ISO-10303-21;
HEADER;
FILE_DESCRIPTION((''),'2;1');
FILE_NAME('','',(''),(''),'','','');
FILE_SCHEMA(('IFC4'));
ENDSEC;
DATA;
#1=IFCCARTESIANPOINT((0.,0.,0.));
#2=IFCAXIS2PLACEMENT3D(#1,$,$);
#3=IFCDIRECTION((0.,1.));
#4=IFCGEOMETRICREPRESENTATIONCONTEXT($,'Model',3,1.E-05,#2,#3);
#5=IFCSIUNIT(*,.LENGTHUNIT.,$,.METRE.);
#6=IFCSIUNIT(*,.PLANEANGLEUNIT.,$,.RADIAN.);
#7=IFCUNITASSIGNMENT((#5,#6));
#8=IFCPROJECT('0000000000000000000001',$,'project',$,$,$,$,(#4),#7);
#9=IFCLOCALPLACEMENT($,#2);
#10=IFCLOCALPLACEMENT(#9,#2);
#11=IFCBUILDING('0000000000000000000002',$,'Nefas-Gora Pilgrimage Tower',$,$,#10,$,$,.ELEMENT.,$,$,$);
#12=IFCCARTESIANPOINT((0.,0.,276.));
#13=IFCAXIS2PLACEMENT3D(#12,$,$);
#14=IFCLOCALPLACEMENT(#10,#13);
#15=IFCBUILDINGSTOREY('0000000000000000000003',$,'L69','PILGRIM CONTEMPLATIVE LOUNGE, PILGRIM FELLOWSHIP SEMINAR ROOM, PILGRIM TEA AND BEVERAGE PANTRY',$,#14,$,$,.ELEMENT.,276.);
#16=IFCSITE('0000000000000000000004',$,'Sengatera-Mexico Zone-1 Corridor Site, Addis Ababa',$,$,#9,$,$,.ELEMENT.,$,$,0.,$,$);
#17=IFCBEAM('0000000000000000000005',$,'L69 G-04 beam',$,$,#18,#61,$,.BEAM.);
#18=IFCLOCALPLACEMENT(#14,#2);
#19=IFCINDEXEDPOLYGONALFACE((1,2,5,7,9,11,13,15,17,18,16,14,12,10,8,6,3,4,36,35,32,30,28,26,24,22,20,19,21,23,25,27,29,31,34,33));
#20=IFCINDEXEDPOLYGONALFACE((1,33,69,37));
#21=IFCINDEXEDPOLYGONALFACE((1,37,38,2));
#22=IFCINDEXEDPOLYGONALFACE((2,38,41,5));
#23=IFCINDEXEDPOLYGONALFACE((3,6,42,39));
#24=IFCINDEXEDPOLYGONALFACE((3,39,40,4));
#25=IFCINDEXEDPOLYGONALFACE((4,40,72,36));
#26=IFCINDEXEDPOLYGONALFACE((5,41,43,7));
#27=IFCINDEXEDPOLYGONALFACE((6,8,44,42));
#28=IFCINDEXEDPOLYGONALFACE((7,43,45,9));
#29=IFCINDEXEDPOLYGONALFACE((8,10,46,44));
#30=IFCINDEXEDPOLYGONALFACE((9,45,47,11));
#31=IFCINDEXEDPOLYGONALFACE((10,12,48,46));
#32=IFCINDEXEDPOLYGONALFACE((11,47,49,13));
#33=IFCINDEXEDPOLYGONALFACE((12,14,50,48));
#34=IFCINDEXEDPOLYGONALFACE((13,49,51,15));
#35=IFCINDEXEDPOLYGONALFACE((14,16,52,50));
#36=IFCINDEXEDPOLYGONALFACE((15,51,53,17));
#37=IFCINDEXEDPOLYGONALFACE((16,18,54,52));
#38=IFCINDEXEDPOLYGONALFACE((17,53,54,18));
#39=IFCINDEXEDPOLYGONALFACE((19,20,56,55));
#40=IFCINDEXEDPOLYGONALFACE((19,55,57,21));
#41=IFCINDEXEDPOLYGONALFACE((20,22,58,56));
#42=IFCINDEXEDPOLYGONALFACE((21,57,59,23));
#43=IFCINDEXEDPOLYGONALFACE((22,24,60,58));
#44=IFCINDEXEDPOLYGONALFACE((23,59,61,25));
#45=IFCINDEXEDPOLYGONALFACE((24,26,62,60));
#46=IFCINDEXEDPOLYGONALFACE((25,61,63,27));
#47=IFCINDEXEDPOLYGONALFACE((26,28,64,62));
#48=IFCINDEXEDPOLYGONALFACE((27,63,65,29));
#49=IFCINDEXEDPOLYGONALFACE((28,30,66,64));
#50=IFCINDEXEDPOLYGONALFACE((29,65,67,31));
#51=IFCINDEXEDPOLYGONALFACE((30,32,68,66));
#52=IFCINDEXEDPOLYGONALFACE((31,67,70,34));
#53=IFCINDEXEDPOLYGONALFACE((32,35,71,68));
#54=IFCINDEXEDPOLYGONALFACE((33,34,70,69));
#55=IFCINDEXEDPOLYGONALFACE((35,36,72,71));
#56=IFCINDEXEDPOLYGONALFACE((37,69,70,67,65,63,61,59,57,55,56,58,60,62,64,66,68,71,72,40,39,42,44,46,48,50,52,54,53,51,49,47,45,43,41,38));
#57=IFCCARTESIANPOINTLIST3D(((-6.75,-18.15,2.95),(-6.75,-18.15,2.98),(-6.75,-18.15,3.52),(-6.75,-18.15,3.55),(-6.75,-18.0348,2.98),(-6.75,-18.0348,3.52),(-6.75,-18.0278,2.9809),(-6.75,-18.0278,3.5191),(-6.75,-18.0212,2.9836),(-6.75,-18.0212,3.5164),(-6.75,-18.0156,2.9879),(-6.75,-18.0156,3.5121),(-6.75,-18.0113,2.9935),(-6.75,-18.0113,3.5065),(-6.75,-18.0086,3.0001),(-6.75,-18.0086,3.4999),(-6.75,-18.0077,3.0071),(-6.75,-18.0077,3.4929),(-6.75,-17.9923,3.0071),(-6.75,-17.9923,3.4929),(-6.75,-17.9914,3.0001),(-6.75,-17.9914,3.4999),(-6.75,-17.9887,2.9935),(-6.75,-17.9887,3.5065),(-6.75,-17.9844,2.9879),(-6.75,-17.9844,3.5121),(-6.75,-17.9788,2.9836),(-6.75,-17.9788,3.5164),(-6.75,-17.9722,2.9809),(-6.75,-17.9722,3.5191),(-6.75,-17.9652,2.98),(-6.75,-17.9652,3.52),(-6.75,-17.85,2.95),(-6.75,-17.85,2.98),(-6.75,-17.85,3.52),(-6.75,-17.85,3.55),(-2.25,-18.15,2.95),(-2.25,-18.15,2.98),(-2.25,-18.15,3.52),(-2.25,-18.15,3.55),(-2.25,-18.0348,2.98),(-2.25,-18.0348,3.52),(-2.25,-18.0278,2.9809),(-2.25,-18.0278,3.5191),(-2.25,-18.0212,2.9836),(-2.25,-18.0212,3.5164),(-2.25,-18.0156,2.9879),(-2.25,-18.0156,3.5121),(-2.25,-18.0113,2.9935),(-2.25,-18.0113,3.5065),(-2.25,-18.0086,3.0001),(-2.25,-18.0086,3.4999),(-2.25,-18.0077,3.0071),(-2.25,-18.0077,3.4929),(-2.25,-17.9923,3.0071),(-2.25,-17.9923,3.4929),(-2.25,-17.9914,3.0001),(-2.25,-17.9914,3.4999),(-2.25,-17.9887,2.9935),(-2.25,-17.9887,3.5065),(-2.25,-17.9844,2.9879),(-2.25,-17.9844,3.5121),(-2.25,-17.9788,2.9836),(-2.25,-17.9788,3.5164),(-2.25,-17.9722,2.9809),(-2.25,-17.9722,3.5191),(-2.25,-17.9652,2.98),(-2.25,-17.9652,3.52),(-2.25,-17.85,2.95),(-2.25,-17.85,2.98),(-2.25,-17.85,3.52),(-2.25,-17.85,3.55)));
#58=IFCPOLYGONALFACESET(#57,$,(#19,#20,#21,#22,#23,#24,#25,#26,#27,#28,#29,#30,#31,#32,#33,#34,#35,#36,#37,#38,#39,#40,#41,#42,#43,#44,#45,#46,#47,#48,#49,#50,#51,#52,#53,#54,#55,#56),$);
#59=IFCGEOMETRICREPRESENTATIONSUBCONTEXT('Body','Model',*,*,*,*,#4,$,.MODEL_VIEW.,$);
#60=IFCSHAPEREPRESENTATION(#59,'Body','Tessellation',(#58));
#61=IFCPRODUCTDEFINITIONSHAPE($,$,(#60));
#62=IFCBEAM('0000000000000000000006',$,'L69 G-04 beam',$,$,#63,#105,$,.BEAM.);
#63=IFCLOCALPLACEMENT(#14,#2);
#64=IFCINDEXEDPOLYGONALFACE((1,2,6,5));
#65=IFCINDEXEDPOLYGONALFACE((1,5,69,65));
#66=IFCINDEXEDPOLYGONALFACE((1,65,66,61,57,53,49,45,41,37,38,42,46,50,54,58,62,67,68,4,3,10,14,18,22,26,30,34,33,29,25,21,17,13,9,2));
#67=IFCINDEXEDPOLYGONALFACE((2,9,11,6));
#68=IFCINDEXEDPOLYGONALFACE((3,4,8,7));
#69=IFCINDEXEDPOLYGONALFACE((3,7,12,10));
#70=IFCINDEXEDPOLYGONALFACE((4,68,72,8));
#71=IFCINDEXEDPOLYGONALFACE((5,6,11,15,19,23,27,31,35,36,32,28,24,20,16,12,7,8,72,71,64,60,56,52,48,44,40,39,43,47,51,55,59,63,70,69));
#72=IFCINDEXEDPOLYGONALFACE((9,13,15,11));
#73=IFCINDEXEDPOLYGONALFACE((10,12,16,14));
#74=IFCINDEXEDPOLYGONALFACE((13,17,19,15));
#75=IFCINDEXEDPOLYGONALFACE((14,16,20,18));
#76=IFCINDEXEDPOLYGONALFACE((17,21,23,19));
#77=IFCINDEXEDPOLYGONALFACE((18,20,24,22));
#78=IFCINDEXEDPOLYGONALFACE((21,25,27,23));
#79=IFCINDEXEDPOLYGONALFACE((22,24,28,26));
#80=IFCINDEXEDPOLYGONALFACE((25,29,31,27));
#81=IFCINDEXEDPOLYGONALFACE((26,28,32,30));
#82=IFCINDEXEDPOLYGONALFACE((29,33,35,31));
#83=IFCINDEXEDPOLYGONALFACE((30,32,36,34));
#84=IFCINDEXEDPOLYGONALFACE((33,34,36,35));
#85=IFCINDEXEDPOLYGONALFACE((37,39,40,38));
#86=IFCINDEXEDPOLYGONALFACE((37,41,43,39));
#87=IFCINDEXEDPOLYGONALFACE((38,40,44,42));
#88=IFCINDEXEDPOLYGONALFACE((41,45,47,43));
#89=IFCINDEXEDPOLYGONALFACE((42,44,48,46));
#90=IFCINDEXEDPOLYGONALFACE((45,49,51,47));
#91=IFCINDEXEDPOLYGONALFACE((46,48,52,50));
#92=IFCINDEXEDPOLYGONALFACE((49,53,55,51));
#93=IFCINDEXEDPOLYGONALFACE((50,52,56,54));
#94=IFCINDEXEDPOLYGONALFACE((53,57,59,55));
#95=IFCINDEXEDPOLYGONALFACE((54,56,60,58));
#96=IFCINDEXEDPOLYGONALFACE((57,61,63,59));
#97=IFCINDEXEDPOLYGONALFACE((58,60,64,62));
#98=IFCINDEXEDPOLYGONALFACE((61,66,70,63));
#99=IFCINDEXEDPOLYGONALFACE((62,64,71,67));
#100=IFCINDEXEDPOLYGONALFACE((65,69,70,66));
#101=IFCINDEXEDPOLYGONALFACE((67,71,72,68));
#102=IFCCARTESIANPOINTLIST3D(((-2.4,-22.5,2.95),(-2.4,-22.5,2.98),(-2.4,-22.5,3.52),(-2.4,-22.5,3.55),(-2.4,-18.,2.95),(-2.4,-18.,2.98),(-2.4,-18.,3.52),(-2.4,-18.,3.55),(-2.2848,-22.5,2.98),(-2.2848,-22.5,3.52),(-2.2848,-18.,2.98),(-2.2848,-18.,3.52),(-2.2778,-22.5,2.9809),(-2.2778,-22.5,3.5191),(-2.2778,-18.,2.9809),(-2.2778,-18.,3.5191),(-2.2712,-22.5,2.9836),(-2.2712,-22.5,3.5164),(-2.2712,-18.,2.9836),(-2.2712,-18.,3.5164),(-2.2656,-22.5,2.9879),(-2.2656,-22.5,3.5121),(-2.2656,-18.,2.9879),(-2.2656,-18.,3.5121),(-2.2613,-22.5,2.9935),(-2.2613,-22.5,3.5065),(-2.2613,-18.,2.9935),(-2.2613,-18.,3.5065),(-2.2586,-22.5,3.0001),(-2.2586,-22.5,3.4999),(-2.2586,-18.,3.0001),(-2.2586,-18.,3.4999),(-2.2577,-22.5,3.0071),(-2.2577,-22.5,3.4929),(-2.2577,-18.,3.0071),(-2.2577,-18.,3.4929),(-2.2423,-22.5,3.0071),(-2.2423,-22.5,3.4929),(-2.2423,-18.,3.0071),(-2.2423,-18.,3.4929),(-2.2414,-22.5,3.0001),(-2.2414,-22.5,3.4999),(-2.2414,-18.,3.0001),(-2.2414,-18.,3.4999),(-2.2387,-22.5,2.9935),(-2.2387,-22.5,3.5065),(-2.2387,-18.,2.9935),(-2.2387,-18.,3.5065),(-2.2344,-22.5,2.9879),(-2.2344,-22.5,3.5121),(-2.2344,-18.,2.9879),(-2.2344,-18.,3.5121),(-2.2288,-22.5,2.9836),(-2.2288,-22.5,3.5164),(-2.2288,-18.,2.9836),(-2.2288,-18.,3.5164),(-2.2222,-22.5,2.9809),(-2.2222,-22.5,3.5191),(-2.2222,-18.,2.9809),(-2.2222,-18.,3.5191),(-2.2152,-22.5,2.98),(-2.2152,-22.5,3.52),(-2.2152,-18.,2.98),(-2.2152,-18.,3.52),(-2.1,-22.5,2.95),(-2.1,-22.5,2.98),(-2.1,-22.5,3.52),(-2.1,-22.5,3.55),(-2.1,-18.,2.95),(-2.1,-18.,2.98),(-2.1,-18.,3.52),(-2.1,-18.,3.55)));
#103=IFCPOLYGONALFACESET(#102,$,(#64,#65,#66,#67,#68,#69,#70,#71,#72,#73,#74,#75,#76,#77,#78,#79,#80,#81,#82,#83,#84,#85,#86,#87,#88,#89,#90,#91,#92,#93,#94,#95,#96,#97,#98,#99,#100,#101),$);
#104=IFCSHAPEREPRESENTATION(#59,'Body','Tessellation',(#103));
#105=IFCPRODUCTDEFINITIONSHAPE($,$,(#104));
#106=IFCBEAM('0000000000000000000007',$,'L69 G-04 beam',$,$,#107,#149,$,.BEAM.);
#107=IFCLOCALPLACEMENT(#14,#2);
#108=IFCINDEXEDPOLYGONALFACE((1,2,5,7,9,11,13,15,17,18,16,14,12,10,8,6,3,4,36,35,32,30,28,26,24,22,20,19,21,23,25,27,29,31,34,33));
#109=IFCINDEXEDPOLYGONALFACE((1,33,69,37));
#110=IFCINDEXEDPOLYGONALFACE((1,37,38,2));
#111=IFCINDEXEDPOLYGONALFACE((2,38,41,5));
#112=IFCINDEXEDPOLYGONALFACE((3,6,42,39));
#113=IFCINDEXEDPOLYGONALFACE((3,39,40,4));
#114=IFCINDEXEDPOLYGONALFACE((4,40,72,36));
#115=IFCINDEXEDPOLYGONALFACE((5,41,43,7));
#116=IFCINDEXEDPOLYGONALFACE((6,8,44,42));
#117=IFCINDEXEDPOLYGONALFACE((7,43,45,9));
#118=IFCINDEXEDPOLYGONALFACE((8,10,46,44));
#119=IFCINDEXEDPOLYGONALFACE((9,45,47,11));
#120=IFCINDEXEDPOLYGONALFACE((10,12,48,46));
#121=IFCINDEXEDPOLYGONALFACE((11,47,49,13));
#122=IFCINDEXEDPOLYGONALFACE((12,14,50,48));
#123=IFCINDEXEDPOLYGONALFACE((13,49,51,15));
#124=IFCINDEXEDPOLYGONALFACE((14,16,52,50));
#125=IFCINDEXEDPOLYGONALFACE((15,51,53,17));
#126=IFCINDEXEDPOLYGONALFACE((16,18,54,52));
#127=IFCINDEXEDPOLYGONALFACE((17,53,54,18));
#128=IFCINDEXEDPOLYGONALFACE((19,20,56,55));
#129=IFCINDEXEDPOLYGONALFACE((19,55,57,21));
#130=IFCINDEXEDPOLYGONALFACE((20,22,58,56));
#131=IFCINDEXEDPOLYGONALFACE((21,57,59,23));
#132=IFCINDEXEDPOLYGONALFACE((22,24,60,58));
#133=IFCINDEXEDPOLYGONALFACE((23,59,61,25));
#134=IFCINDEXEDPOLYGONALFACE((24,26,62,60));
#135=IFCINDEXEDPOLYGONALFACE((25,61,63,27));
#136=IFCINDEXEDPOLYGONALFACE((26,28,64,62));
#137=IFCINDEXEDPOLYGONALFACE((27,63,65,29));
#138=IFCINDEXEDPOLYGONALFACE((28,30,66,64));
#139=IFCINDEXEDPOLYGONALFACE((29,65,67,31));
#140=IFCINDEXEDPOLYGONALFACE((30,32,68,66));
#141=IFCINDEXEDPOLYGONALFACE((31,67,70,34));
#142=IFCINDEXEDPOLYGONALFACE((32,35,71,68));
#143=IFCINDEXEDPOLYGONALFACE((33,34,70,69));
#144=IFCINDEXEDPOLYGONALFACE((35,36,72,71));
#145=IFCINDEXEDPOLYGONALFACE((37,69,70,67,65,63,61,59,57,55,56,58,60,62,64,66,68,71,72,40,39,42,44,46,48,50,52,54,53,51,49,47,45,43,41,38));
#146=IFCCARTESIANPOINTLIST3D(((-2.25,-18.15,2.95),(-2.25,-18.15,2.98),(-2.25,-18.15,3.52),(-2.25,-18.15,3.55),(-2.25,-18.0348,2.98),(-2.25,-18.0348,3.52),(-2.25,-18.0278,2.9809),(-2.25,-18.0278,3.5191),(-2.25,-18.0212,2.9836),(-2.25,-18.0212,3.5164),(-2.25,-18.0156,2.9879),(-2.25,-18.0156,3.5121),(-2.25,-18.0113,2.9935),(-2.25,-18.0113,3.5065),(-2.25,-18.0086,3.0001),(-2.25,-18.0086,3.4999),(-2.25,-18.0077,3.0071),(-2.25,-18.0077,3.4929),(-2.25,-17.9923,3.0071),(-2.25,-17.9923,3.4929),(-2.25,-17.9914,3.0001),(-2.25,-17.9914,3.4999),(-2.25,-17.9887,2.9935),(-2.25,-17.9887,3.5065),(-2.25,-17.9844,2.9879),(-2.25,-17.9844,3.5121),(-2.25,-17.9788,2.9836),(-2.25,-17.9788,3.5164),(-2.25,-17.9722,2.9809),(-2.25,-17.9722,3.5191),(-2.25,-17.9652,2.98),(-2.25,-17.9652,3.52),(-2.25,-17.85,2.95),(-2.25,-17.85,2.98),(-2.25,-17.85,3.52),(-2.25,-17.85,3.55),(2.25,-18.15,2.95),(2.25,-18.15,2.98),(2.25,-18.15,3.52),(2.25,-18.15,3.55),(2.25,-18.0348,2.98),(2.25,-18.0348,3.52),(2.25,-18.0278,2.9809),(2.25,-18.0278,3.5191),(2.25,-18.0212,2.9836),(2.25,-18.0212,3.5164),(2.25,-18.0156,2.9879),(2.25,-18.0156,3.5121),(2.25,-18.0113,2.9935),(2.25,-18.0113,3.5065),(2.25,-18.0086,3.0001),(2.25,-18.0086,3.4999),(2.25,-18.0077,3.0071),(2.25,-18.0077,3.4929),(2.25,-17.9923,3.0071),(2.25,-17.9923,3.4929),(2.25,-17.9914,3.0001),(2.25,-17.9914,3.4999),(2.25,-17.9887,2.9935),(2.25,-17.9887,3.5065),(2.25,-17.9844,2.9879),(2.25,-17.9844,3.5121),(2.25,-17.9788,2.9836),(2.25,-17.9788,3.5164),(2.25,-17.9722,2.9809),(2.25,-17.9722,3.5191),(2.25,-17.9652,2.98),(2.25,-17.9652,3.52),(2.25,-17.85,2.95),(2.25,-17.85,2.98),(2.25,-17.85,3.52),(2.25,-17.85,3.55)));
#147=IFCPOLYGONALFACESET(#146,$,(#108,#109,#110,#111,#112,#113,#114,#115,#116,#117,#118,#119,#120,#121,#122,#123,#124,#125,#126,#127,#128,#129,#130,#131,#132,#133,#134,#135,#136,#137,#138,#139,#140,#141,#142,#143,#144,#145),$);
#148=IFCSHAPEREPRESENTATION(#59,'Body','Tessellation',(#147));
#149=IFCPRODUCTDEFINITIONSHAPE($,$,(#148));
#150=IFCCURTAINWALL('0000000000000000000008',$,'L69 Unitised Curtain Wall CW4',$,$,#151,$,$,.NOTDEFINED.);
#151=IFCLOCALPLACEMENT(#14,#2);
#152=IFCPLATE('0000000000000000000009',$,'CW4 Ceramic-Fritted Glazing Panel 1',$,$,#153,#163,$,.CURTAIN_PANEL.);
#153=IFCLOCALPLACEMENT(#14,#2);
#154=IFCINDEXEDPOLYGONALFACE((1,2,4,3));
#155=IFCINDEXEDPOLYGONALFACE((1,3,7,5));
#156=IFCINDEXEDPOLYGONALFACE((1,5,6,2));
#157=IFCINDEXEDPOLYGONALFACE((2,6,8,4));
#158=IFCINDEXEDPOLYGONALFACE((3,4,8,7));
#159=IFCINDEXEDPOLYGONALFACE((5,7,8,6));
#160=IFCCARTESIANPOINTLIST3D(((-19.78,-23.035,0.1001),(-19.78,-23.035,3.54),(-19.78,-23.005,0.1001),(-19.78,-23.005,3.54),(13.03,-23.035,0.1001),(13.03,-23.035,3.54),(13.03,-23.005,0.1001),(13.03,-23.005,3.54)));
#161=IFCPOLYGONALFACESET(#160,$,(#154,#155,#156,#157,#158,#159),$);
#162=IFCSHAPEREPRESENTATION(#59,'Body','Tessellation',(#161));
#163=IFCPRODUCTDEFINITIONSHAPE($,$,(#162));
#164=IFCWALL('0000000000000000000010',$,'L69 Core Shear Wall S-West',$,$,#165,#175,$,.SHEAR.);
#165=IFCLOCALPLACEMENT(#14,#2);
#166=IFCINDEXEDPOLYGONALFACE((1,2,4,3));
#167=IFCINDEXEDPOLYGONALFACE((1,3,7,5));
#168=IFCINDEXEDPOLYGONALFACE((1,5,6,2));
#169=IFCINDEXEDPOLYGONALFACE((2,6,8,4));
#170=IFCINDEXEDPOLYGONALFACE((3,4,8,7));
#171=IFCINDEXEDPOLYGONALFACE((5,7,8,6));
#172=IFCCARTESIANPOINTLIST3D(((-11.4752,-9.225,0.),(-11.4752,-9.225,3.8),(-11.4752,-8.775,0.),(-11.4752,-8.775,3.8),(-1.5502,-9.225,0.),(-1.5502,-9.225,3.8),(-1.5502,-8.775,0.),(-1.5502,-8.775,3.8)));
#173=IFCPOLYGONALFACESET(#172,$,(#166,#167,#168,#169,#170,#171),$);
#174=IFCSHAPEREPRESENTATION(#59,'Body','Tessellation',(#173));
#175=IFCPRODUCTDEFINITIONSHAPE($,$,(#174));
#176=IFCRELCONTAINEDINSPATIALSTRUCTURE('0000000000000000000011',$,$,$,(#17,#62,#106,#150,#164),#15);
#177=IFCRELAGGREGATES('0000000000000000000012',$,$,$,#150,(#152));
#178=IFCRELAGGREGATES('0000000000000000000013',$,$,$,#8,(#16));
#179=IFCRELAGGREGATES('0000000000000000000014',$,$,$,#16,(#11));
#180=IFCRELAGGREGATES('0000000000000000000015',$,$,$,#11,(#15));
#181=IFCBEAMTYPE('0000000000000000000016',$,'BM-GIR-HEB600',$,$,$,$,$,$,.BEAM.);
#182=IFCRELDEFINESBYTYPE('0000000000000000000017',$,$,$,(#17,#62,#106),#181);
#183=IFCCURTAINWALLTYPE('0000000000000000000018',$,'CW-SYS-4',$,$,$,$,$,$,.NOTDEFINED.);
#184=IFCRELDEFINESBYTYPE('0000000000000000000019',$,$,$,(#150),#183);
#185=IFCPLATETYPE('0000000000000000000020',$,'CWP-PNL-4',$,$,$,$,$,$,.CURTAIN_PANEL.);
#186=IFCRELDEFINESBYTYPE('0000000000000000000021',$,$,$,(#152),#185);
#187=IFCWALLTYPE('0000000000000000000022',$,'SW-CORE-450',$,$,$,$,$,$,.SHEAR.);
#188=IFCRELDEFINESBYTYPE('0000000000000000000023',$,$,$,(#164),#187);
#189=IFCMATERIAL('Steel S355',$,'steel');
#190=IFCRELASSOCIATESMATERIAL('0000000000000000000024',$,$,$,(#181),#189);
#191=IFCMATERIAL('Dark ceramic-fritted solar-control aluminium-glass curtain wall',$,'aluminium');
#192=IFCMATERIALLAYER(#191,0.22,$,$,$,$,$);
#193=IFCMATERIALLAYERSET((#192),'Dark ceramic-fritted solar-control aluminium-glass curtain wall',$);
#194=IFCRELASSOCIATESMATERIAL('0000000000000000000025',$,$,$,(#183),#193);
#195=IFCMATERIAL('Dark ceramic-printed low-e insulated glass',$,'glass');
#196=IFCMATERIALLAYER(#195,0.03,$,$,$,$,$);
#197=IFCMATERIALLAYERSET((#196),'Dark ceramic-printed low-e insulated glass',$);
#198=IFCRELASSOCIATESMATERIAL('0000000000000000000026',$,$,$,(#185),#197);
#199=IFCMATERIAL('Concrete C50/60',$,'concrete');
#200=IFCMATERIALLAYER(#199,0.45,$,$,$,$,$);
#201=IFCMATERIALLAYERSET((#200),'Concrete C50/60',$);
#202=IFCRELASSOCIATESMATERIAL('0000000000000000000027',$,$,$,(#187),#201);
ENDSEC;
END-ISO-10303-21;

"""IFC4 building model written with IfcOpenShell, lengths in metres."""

from ifc_helpers import new_model, si_unit, direction, frame, frame_2d, origin, origin_2d, place, context, subcontext, project, spatial, rectangle, i_section, extrude, source, transform, mapped, material, layer, layer_set, material_profile, profile_set, type_object, element, aggregate, save


model = new_model("IFC4")

# Units and contexts
model_context = context("Model", 3, precision=1e-05, world=origin(), true_north=direction((0.0, 1.0)))
body_context = subcontext(model_context, "Body", "Model", "MODEL_VIEW")
ifc_project = project(units=[si_unit("LENGTHUNIT", "METRE"), si_unit("PLANEANGLEUNIT", "RADIAN")], contexts=[model_context])

# Site, building, storey
site_placement = place(None, origin())
site = spatial("IfcSite", under=ifc_project, at=site_placement, Name="Sengatera-Mexico Zone-1 Corridor Site, Addis Ababa", CompositionType="ELEMENT", RefElevation=0.0)
building_placement = place(site_placement, origin())
building = spatial("IfcBuilding", under=site, at=building_placement, Name="Nefas-Gora Pilgrimage Tower", CompositionType="ELEMENT")
storey_placement = place(building_placement, frame((0.0, 0.0, 276.0)))
storey = spatial("IfcBuildingStorey", under=building, at=storey_placement, Name="L69", Description="PILGRIM CONTEMPLATIVE LOUNGE, PILGRIM FELLOWSHIP SEMINAR ROOM, PILGRIM TEA AND BEVERAGE PANTRY", CompositionType="ELEMENT", Elevation=276.0)

# Shared definitions
ifc_material_1 = material(Name="Steel S355", Category="steel")

# Beams
ifc_material_2 = material(Name="Concrete C50/60", Category="concrete")
ifc_material_profile_1 = material_profile(ifc_material_1, i_section(OverallWidth=0.3, OverallDepth=0.6001, WebThickness=0.0154, FlangeThickness=0.03, FilletRadius=0.0271, at=origin_2d()), Name="HEB 600")
ifc_profile_set_1 = profile_set([ifc_material_profile_1], Name="Steel S355")
beam_type_1 = type_object("IfcBeamType", Name="BM-GIR-HEB600", PredefinedType="BEAM", material=ifc_profile_set_1)
shared_shape_1 = source(origin(), body_context, "Body", "SweptSolid", [
    extrude(i_section(OverallWidth=0.3, OverallDepth=0.6001, WebThickness=0.0154, FlangeThickness=0.03, FilletRadius=0.0271, at=origin_2d()), origin(), (0.0, 0.0, 1.0), 4.5),
])
for number, where, z_axis, x_axis, name in (
    (1, (-6.75, -18.0, 3.25), (1.0, 0.0, 0.0), (0.0, 1.0, 0.0), "L69 G-04 beam"),
    (2, (-2.25, -22.5, 3.25), (0.0, 1.0, 0.0), (-1.0, 0.0, 0.0), "L69 G-04 beam"),
    (3, (-2.25, -18.0, 3.25), (1.0, 0.0, 0.0), (0.0, 1.0, 0.0), "L69 G-04 beam"),
):
    element("IfcBeam", number, at=place(storey_placement, frame(where, z_axis=z_axis, x_axis=x_axis)), inside=storey, type_object=beam_type_1, Name=name, PredefinedType="BEAM", context=body_context, shape_type="MappedRepresentation", body=[
        mapped(shared_shape_1, transform((0.0, 0.0, 0.0), x_axis=(1.0, 0.0, 0.0), y_axis=(0.0, 1.0, 0.0), z_axis=(0.0, 0.0, 1.0), scale=1.0)),
    ])

# Curtain wall, plate
ifc_material_3 = material(Name="Dark ceramic-fritted solar-control aluminium-glass curtain wall", Category="aluminium")
ifc_layer_1 = layer(ifc_material_3, 0.22)
ifc_layer_set_1 = layer_set([ifc_layer_1], Name="Dark ceramic-fritted solar-control aluminium-glass curtain wall")
curtain_wall_type = type_object("IfcCurtainWallType", Name="CW-SYS-4", PredefinedType="NOTDEFINED", material=ifc_layer_set_1)
curtain_wall_placement = place(storey_placement, origin())
curtain_wall = element("IfcCurtainWall", 4, at=curtain_wall_placement, inside=storey, type_object=curtain_wall_type, Name="L69 Unitised Curtain Wall CW4", PredefinedType="NOTDEFINED")
ifc_material_4 = material(Name="Dark ceramic-printed low-e insulated glass", Category="glass")
ifc_layer_2 = layer(ifc_material_4, 0.03)
ifc_layer_set_2 = layer_set([ifc_layer_2], Name="Dark ceramic-printed low-e insulated glass")
plate_type = type_object("IfcPlateType", Name="CWP-PNL-4", PredefinedType="CURTAIN_PANEL", material=ifc_layer_set_2)
shared_shape_2 = source(origin(), body_context, "Body", "SweptSolid", [
    extrude(rectangle(XDim=32.8101, YDim=0.03, at=origin_2d()), origin(), (0.0, 0.0, 1.0), 3.4399),
])
plate_placement = place(storey_placement, frame((-3.375, -23.02, 0.1001), z_axis=(0.0, 0.0, 1.0), x_axis=(1.0, 0.0, 0.0)))
plate = element("IfcPlate", 5, at=plate_placement, type_object=plate_type, Name="CW4 Ceramic-Fritted Glazing Panel 1", PredefinedType="CURTAIN_PANEL", context=body_context, shape_type="MappedRepresentation", body=[
    mapped(shared_shape_2, transform((0.0, 0.0, 0.0), x_axis=(1.0, 0.0, 0.0), y_axis=(0.0, 1.0, 0.0), z_axis=(0.0, 0.0, 1.0), scale=1.0)),
])
aggregate(curtain_wall, [plate])

# Wall
ifc_layer_3 = layer(ifc_material_2, 0.45)
ifc_layer_set_3 = layer_set([ifc_layer_3], Name="Concrete C50/60")
wall_type_1 = type_object("IfcWallType", Name="SW-CORE-450", PredefinedType="SHEAR", material=ifc_layer_set_3)
shared_shape_3 = source(origin(), body_context, "Body", "SweptSolid", [
    extrude(rectangle(XDim=9.925, YDim=0.45, at=frame_2d((4.9624, 0.0))), origin(), (0.0, 0.0, 1.0), 3.8),
])
wall_1_placement = place(storey_placement, frame((-11.4751, -9.0, 0.0), z_axis=(0.0, 0.0, 1.0), x_axis=(1.0, 0.0, 0.0)))
element("IfcWall", 6, at=wall_1_placement, inside=storey, type_object=wall_type_1, Name="L69 Core Shear Wall S-West", PredefinedType="SHEAR", context=body_context, shape_type="MappedRepresentation", body=[
    mapped(shared_shape_3, transform((0.0, 0.0, 0.0), x_axis=(1.0, 0.0, 0.0), y_axis=(0.0, 1.0, 0.0), z_axis=(0.0, 0.0, 1.0), scale=1.0)),
])

save(model, "model.ifc")
